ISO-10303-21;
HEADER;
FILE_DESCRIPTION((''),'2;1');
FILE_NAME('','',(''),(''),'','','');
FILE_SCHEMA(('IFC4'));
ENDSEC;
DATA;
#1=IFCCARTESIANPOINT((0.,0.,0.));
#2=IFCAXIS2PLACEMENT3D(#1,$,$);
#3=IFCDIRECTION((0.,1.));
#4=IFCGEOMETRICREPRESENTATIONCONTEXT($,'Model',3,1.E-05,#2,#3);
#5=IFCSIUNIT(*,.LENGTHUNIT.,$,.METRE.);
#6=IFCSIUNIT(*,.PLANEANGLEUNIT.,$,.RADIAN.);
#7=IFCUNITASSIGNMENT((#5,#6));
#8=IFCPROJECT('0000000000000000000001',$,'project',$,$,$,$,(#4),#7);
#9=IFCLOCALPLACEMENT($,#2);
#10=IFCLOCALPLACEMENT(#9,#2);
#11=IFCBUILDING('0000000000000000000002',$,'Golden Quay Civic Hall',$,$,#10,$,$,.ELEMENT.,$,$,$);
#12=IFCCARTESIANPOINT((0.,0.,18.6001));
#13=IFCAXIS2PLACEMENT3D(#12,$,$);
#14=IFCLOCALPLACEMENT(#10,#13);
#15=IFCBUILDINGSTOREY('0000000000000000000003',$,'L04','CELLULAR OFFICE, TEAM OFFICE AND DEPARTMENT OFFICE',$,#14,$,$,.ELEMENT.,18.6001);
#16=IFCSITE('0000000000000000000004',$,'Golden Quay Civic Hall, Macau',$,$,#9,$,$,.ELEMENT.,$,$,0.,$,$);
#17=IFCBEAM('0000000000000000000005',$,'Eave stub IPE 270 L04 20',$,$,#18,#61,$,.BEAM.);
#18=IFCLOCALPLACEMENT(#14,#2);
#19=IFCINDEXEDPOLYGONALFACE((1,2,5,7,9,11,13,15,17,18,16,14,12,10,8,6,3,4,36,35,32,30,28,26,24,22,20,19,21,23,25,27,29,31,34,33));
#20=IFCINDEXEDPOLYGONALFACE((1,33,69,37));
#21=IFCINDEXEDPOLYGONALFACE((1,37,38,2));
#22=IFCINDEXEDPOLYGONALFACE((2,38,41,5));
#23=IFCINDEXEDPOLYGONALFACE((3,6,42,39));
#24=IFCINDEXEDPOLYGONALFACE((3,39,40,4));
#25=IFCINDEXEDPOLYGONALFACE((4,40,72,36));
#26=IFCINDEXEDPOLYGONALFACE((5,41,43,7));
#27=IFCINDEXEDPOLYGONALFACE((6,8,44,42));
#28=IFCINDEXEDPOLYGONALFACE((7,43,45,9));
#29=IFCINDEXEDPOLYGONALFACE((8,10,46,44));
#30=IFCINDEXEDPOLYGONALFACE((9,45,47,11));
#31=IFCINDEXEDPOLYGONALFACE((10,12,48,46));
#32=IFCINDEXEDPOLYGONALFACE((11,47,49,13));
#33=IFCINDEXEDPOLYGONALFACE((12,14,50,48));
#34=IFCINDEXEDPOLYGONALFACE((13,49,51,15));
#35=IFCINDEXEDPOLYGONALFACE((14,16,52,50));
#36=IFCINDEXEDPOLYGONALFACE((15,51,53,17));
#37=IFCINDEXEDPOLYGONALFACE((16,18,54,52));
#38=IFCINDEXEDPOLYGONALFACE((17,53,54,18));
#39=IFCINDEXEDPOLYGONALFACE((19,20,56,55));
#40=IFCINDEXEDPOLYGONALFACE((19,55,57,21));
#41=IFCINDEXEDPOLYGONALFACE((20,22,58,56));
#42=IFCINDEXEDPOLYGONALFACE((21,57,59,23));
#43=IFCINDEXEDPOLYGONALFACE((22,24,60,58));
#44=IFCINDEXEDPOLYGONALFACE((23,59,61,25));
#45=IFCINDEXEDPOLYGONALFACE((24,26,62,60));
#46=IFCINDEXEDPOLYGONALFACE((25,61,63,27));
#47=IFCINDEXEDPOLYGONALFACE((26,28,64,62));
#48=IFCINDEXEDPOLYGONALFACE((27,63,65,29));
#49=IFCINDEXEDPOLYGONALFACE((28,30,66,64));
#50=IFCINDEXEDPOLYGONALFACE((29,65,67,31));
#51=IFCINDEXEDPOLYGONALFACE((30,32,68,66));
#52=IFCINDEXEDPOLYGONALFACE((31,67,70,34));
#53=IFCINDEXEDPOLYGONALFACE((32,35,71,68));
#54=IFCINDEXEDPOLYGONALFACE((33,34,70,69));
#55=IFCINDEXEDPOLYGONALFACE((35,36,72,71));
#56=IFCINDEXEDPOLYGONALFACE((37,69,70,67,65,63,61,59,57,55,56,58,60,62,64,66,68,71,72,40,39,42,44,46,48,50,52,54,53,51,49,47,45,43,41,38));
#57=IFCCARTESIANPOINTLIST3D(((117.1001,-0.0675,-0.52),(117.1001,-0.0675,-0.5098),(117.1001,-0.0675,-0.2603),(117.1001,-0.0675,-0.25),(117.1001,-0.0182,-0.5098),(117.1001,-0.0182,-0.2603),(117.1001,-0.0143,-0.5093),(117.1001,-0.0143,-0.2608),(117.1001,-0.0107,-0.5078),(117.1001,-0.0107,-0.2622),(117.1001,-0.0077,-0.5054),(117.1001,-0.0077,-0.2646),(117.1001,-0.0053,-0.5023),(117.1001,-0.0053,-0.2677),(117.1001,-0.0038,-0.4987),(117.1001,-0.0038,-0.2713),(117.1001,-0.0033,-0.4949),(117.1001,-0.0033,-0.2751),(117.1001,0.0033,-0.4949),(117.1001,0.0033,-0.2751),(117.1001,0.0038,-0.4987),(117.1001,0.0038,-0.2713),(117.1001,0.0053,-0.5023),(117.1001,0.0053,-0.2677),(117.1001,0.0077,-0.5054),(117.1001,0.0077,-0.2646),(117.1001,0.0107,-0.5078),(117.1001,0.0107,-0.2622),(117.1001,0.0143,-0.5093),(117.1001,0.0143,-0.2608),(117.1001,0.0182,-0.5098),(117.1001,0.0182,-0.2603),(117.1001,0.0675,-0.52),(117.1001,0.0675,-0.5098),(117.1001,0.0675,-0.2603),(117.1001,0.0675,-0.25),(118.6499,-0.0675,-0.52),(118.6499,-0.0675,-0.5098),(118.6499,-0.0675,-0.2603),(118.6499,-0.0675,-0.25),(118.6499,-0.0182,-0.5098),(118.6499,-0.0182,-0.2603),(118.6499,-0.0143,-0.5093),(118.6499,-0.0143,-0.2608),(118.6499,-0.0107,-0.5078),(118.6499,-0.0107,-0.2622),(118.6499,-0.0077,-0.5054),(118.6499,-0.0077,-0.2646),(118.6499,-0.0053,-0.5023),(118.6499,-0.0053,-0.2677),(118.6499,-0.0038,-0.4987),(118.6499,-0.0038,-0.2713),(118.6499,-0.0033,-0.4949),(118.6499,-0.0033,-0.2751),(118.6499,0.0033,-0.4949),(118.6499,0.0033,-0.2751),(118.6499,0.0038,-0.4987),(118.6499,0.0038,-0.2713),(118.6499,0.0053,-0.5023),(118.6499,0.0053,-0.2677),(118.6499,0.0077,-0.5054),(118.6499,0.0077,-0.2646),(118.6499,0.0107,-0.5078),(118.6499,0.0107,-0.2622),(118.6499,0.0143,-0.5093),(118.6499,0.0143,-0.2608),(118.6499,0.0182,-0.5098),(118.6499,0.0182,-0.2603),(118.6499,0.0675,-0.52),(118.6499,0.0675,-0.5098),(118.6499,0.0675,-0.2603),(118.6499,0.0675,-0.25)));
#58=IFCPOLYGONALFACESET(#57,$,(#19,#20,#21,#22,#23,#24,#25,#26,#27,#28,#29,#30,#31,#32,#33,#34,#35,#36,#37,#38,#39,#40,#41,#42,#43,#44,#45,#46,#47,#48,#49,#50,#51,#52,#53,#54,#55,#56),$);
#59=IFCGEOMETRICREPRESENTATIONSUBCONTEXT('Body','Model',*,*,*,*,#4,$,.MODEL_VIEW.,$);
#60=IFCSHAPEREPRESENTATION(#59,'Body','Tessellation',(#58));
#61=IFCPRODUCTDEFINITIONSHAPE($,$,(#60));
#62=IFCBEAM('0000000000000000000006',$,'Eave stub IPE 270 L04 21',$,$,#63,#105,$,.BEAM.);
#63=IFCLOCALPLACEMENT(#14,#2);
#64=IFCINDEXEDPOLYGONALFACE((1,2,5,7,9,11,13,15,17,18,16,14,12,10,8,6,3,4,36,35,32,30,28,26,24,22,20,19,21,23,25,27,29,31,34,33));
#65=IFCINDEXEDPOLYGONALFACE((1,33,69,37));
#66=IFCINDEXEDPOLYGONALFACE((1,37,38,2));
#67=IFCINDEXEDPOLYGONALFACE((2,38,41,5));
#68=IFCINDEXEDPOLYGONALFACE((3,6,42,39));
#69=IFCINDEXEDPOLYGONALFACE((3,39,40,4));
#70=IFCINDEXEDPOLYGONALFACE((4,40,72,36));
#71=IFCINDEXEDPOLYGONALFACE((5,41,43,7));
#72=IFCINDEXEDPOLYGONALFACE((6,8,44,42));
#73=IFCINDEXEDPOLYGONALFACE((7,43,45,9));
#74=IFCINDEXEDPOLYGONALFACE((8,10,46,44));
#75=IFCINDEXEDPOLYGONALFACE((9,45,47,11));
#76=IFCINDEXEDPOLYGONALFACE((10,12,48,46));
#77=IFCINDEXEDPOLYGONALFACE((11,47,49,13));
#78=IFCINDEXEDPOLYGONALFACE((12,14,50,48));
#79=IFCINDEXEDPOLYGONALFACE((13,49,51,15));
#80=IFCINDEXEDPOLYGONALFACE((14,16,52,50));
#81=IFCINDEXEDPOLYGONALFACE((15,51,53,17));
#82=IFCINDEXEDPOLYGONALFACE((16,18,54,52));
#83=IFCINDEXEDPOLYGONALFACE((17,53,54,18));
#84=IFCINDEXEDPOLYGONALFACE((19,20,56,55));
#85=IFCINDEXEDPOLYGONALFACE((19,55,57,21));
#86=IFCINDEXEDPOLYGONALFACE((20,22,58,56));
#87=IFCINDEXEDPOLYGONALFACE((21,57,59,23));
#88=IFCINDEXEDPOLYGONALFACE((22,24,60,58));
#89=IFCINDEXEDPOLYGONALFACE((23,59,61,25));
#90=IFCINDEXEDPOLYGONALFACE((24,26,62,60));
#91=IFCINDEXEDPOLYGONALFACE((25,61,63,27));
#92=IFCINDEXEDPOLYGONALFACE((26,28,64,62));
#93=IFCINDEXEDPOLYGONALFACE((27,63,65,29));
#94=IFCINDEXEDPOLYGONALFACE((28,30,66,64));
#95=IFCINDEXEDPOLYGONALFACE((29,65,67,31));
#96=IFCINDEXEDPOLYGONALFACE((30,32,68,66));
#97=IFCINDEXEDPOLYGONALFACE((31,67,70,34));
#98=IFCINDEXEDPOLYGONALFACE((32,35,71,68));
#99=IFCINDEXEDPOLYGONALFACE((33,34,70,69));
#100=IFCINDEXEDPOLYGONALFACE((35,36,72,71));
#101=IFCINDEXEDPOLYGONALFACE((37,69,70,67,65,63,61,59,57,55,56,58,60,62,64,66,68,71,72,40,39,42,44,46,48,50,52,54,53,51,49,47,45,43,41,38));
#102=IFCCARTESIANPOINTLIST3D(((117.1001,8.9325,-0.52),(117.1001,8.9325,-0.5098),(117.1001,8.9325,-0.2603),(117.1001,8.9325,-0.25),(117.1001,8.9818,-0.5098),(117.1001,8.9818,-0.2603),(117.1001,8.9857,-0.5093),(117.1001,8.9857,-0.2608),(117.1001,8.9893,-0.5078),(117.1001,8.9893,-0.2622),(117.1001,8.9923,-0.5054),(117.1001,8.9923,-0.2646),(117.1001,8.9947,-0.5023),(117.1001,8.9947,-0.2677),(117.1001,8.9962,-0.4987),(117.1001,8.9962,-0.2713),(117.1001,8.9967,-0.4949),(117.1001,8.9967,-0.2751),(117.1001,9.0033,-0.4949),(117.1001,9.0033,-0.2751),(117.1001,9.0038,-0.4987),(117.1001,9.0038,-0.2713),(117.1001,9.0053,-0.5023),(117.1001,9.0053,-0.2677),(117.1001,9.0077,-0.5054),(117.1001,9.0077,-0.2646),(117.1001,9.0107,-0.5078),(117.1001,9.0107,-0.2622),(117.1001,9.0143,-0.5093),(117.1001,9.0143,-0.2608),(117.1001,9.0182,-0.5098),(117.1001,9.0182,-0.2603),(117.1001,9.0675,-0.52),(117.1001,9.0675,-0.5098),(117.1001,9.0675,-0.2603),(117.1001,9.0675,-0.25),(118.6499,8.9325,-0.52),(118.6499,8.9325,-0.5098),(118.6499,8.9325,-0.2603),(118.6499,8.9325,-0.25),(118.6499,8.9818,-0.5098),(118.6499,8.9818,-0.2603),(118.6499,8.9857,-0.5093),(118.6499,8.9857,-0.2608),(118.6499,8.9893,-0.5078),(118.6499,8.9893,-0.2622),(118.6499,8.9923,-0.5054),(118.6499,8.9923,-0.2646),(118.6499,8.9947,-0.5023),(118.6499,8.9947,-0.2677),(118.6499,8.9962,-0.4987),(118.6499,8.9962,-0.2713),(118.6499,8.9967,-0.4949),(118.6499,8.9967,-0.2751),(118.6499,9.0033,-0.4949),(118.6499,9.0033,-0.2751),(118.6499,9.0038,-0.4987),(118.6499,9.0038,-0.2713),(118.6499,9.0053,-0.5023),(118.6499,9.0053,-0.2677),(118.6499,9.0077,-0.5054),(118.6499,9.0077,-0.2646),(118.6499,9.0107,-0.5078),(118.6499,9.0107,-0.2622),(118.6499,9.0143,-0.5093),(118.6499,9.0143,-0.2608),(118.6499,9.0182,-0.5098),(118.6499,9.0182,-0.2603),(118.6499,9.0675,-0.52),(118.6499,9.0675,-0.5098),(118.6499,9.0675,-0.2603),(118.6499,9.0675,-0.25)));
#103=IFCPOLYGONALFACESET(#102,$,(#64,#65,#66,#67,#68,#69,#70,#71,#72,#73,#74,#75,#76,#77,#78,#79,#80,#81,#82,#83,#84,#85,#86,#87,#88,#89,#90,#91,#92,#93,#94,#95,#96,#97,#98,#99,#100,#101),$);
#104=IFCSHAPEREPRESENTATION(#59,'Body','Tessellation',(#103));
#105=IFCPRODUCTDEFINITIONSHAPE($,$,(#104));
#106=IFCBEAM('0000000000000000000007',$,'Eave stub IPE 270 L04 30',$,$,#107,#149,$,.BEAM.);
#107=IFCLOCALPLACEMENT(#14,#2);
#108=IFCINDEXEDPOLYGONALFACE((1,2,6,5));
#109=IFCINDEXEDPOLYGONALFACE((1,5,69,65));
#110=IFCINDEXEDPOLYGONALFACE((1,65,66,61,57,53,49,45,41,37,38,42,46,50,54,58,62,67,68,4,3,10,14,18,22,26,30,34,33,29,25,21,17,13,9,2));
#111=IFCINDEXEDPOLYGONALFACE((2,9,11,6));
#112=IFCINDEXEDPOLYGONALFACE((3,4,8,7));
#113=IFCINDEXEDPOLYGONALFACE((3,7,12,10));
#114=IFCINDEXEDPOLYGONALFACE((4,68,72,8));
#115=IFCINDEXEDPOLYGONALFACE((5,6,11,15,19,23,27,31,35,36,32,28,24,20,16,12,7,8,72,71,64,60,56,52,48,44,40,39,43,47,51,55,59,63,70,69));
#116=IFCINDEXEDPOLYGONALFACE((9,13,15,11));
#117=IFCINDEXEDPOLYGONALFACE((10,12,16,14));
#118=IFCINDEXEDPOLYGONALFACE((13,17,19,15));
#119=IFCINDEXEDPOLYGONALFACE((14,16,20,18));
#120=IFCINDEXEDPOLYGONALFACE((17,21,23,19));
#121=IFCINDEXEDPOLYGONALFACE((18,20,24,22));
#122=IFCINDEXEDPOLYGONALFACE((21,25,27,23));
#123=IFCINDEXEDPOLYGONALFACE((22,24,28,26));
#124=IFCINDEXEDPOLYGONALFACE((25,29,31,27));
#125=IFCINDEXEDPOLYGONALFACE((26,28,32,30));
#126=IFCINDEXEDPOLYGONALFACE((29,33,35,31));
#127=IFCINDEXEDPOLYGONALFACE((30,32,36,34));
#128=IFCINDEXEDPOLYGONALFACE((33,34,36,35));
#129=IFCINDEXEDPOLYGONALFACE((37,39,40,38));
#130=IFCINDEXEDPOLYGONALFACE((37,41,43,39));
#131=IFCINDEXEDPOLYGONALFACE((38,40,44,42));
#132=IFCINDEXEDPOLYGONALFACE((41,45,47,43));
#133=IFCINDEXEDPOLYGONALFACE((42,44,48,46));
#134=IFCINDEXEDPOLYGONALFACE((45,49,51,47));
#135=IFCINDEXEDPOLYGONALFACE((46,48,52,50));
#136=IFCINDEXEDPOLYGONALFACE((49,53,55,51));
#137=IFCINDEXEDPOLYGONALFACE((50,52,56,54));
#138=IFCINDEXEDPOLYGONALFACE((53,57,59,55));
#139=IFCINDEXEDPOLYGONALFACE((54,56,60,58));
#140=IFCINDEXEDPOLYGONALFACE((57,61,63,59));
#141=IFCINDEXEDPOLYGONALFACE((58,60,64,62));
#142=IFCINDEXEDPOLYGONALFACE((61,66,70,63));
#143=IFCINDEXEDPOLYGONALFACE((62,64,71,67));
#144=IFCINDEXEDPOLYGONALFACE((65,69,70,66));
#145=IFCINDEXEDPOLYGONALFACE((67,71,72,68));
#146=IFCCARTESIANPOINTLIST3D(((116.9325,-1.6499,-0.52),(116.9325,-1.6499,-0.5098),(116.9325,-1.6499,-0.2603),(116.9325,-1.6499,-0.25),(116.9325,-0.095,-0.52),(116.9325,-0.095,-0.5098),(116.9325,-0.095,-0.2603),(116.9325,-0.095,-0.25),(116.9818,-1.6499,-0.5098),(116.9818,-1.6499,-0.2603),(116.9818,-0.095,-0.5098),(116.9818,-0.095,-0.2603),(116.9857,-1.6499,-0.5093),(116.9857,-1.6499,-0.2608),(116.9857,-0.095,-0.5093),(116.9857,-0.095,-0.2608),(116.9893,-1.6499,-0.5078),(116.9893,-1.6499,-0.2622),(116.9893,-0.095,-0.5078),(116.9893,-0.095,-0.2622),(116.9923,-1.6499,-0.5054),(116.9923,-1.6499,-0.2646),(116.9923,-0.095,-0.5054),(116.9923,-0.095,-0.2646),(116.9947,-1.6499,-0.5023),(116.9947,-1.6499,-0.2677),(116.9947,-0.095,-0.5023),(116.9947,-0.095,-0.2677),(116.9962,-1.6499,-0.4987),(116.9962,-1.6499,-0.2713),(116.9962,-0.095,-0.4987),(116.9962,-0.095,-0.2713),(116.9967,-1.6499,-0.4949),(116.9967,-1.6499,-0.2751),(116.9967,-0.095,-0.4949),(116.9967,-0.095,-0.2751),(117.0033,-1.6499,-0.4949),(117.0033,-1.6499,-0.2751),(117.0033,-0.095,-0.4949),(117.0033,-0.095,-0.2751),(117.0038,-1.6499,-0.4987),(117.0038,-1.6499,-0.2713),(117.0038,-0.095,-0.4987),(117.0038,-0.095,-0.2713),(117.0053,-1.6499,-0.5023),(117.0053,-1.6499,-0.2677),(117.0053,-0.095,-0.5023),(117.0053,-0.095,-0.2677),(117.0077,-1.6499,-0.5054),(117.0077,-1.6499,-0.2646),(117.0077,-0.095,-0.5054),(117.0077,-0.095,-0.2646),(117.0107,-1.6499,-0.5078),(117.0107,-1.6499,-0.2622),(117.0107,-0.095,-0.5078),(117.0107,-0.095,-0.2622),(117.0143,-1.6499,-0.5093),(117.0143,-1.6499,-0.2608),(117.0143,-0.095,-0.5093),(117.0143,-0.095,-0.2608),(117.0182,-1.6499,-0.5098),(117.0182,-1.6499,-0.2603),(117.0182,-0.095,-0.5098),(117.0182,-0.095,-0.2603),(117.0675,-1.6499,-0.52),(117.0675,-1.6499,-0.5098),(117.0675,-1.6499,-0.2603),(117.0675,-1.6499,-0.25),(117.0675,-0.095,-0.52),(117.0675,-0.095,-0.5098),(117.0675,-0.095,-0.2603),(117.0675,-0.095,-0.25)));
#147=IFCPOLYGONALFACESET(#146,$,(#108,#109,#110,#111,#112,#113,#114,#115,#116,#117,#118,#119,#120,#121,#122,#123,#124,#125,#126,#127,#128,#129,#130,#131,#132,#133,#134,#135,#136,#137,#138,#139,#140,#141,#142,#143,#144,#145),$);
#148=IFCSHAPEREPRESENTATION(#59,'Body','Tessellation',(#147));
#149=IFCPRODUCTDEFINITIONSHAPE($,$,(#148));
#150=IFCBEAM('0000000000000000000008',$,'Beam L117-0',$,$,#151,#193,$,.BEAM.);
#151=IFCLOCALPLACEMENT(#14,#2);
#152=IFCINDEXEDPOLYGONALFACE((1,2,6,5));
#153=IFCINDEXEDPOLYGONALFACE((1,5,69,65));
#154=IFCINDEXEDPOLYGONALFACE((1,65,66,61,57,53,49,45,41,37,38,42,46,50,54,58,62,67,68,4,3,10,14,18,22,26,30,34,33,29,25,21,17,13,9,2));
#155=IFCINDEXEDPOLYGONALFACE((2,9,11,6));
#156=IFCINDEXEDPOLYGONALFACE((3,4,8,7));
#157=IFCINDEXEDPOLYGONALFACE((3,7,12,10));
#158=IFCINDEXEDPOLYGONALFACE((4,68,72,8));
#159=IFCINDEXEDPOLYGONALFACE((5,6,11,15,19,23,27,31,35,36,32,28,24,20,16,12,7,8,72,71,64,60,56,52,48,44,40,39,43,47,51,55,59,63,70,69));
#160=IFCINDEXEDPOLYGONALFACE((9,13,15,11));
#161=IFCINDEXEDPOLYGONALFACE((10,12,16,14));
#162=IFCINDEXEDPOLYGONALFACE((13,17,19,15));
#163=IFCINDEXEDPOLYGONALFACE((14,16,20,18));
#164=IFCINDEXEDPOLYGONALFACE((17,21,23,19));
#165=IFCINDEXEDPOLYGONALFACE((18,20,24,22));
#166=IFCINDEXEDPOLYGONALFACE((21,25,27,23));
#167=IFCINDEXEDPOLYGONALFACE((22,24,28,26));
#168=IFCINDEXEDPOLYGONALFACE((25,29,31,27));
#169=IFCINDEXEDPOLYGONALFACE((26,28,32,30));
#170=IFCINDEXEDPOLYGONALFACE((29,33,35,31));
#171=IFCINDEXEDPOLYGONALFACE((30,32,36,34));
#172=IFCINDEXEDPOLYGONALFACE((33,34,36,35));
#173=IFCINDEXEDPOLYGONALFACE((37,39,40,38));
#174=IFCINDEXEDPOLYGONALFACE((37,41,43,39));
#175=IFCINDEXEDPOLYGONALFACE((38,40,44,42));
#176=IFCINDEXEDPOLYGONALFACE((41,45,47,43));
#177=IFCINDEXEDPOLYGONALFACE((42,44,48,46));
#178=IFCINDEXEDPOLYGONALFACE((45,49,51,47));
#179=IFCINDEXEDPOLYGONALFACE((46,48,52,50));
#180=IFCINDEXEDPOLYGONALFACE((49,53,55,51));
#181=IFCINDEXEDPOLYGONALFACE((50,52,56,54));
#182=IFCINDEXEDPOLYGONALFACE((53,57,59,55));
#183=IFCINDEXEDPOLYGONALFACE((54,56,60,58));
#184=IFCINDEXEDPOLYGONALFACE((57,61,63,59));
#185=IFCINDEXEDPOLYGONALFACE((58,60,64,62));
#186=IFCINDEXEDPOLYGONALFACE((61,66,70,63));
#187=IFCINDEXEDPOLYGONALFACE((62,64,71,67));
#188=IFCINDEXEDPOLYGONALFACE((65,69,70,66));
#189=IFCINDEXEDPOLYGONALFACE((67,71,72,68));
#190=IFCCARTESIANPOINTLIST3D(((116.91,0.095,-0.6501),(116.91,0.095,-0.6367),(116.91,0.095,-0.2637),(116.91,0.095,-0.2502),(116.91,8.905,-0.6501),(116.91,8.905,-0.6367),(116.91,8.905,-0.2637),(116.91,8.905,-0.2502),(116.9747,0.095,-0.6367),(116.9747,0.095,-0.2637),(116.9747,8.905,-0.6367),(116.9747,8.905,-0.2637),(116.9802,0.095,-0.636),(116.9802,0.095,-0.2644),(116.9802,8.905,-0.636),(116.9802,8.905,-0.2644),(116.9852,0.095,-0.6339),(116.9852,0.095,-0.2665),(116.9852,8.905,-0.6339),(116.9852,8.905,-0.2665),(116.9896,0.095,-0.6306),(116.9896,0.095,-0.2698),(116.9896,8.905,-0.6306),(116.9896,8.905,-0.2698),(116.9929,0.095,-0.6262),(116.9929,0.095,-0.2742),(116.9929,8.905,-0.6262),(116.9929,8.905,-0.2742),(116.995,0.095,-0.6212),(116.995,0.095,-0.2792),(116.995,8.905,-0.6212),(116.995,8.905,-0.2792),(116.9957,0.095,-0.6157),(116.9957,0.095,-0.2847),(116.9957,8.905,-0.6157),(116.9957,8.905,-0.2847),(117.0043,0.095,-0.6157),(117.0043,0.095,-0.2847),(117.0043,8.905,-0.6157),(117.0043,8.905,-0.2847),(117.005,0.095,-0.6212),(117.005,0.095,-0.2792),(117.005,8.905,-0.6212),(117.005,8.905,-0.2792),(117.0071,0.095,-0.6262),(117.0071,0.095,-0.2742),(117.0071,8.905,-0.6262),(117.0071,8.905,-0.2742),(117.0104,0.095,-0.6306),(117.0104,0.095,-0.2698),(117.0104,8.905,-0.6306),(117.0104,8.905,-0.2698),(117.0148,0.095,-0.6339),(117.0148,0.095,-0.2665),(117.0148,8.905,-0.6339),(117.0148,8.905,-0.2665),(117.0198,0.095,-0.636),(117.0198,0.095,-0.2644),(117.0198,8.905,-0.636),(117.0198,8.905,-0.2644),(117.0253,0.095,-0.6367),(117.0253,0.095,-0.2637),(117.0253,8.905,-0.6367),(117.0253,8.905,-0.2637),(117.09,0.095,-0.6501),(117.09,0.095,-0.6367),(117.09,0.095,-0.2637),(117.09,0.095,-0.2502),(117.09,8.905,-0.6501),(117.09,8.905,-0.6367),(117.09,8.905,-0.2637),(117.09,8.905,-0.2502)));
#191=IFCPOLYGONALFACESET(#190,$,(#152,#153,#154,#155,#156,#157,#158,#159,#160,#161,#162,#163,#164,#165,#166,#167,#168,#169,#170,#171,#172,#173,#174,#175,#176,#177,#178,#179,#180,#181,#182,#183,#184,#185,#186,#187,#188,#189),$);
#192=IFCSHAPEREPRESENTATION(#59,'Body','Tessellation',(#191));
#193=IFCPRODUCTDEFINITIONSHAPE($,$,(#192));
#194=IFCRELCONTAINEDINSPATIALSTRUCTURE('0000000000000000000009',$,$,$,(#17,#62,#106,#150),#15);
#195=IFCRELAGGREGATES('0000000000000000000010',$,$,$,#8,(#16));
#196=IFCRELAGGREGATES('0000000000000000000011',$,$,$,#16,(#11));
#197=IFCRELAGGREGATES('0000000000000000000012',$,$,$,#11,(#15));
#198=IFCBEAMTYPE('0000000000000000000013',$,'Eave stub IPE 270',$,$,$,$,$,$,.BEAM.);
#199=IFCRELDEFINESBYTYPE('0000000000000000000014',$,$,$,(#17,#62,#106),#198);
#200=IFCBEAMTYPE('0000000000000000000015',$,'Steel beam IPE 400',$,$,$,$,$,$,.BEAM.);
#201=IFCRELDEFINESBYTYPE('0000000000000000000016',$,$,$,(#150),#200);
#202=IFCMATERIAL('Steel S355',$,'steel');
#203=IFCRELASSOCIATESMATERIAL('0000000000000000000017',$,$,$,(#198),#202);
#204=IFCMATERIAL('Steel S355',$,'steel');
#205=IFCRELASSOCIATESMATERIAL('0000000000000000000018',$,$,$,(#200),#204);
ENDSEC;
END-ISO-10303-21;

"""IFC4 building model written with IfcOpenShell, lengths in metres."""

from ifc_helpers import new_model, si_unit, direction, frame, origin, origin_2d, place, context, subcontext, project, spatial, i_section, extrude, material, material_profile, profile_set, type_object, element, save


model = new_model("IFC4")

# Units and contexts
model_context = context("Model", 3, precision=1e-05, world=origin(), true_north=direction((0.0, 1.0)))
body_context = subcontext(model_context, "Body", "Model", "MODEL_VIEW")
ifc_project = project(units=[si_unit("LENGTHUNIT", "METRE"), si_unit("PLANEANGLEUNIT", "RADIAN")], contexts=[model_context])

# Site, building, storey
site_placement = place(None, origin())
site = spatial("IfcSite", under=ifc_project, at=site_placement, Name="Golden Quay Civic Hall, Macau", CompositionType="ELEMENT", RefElevation=0.0)
building_placement = place(site_placement, origin())
building = spatial("IfcBuilding", under=site, at=building_placement, Name="Golden Quay Civic Hall", CompositionType="ELEMENT")
storey_placement = place(building_placement, frame((0.0, 0.0, 18.6001)))
storey = spatial("IfcBuildingStorey", under=building, at=storey_placement, Name="L04", Description="CELLULAR OFFICE, TEAM OFFICE AND DEPARTMENT OFFICE", CompositionType="ELEMENT", Elevation=18.6001)

# Beams
ifc_material_1 = material(Name="Steel S355", Category="steel")
ifc_material_profile_1 = material_profile(ifc_material_1, i_section(OverallWidth=0.135, OverallDepth=0.27, WebThickness=0.0066, FlangeThickness=0.0103, FilletRadius=0.0149, at=origin_2d()), Name="IPE 270")
ifc_profile_set_1 = profile_set([ifc_material_profile_1], Name="Steel S355")
beam_type_1 = type_object("IfcBeamType", Name="Eave stub IPE 270", PredefinedType="BEAM", material=ifc_profile_set_1)
for number, where, z_axis, x_axis, name in (
    (1, (117.1001, 0.0, -0.385), (1.0, 0.0, 0.0), (0.0, 1.0, 0.0), "Eave stub IPE 270 L04 20"),
    (2, (117.1001, 9.0, -0.385), (1.0, 0.0, 0.0), (0.0, 1.0, 0.0), "Eave stub IPE 270 L04 21"),
):
    element("IfcBeam", number, at=place(storey_placement, frame(where, z_axis=z_axis, x_axis=x_axis)), inside=storey, type_object=beam_type_1, Name=name, PredefinedType="BEAM", context=body_context, shape_type="SweptSolid", body=[
        extrude(i_section(OverallWidth=0.135, OverallDepth=0.27, WebThickness=0.0066, FlangeThickness=0.0103, FilletRadius=0.0149, at=origin_2d()), origin(), (0.0, 0.0, 1.0), 1.5498),
    ])
beam_1_placement = place(storey_placement, frame((117.0, -0.095, -0.385), z_axis=(0.0, -1.0, 0.0), x_axis=(1.0, 0.0, 0.0)))
element("IfcBeam", 3, at=beam_1_placement, inside=storey, type_object=beam_type_1, Name="Eave stub IPE 270 L04 30", PredefinedType="BEAM", context=body_context, shape_type="SweptSolid", body=[
    extrude(i_section(OverallWidth=0.135, OverallDepth=0.27, WebThickness=0.0066, FlangeThickness=0.0103, FilletRadius=0.0149, at=origin_2d()), origin(), (0.0, 0.0, 1.0), 1.5549),
])
ifc_material_2 = material(Name="Steel S355", Category="steel")
ifc_material_profile_2 = material_profile(ifc_material_2, i_section(OverallWidth=0.1799, OverallDepth=0.3999, WebThickness=0.0085, FlangeThickness=0.0134, FilletRadius=0.021, at=origin_2d()), Name="IPE 400")
ifc_profile_set_2 = profile_set([ifc_material_profile_2], Name="Steel S355")
beam_type_2 = type_object("IfcBeamType", Name="Steel beam IPE 400", PredefinedType="BEAM", material=ifc_profile_set_2)
for number, where, z_axis, x_axis, name in (
    (4, (117.0, 0.095, -0.4502), (0.0, 1.0, 0.0), (-1.0, 0.0, 0.0), "Beam L117-0"),
):
    element("IfcBeam", number, at=place(storey_placement, frame(where, z_axis=z_axis, x_axis=x_axis)), inside=storey, type_object=beam_type_2, Name=name, PredefinedType="BEAM", context=body_context, shape_type="SweptSolid", body=[
        extrude(i_section(OverallWidth=0.1799, OverallDepth=0.3999, WebThickness=0.0085, FlangeThickness=0.0134, FilletRadius=0.021, at=origin_2d()), origin(), (0.0, 0.0, 1.0), 8.8101),
    ])

save(model, "model.ifc")
